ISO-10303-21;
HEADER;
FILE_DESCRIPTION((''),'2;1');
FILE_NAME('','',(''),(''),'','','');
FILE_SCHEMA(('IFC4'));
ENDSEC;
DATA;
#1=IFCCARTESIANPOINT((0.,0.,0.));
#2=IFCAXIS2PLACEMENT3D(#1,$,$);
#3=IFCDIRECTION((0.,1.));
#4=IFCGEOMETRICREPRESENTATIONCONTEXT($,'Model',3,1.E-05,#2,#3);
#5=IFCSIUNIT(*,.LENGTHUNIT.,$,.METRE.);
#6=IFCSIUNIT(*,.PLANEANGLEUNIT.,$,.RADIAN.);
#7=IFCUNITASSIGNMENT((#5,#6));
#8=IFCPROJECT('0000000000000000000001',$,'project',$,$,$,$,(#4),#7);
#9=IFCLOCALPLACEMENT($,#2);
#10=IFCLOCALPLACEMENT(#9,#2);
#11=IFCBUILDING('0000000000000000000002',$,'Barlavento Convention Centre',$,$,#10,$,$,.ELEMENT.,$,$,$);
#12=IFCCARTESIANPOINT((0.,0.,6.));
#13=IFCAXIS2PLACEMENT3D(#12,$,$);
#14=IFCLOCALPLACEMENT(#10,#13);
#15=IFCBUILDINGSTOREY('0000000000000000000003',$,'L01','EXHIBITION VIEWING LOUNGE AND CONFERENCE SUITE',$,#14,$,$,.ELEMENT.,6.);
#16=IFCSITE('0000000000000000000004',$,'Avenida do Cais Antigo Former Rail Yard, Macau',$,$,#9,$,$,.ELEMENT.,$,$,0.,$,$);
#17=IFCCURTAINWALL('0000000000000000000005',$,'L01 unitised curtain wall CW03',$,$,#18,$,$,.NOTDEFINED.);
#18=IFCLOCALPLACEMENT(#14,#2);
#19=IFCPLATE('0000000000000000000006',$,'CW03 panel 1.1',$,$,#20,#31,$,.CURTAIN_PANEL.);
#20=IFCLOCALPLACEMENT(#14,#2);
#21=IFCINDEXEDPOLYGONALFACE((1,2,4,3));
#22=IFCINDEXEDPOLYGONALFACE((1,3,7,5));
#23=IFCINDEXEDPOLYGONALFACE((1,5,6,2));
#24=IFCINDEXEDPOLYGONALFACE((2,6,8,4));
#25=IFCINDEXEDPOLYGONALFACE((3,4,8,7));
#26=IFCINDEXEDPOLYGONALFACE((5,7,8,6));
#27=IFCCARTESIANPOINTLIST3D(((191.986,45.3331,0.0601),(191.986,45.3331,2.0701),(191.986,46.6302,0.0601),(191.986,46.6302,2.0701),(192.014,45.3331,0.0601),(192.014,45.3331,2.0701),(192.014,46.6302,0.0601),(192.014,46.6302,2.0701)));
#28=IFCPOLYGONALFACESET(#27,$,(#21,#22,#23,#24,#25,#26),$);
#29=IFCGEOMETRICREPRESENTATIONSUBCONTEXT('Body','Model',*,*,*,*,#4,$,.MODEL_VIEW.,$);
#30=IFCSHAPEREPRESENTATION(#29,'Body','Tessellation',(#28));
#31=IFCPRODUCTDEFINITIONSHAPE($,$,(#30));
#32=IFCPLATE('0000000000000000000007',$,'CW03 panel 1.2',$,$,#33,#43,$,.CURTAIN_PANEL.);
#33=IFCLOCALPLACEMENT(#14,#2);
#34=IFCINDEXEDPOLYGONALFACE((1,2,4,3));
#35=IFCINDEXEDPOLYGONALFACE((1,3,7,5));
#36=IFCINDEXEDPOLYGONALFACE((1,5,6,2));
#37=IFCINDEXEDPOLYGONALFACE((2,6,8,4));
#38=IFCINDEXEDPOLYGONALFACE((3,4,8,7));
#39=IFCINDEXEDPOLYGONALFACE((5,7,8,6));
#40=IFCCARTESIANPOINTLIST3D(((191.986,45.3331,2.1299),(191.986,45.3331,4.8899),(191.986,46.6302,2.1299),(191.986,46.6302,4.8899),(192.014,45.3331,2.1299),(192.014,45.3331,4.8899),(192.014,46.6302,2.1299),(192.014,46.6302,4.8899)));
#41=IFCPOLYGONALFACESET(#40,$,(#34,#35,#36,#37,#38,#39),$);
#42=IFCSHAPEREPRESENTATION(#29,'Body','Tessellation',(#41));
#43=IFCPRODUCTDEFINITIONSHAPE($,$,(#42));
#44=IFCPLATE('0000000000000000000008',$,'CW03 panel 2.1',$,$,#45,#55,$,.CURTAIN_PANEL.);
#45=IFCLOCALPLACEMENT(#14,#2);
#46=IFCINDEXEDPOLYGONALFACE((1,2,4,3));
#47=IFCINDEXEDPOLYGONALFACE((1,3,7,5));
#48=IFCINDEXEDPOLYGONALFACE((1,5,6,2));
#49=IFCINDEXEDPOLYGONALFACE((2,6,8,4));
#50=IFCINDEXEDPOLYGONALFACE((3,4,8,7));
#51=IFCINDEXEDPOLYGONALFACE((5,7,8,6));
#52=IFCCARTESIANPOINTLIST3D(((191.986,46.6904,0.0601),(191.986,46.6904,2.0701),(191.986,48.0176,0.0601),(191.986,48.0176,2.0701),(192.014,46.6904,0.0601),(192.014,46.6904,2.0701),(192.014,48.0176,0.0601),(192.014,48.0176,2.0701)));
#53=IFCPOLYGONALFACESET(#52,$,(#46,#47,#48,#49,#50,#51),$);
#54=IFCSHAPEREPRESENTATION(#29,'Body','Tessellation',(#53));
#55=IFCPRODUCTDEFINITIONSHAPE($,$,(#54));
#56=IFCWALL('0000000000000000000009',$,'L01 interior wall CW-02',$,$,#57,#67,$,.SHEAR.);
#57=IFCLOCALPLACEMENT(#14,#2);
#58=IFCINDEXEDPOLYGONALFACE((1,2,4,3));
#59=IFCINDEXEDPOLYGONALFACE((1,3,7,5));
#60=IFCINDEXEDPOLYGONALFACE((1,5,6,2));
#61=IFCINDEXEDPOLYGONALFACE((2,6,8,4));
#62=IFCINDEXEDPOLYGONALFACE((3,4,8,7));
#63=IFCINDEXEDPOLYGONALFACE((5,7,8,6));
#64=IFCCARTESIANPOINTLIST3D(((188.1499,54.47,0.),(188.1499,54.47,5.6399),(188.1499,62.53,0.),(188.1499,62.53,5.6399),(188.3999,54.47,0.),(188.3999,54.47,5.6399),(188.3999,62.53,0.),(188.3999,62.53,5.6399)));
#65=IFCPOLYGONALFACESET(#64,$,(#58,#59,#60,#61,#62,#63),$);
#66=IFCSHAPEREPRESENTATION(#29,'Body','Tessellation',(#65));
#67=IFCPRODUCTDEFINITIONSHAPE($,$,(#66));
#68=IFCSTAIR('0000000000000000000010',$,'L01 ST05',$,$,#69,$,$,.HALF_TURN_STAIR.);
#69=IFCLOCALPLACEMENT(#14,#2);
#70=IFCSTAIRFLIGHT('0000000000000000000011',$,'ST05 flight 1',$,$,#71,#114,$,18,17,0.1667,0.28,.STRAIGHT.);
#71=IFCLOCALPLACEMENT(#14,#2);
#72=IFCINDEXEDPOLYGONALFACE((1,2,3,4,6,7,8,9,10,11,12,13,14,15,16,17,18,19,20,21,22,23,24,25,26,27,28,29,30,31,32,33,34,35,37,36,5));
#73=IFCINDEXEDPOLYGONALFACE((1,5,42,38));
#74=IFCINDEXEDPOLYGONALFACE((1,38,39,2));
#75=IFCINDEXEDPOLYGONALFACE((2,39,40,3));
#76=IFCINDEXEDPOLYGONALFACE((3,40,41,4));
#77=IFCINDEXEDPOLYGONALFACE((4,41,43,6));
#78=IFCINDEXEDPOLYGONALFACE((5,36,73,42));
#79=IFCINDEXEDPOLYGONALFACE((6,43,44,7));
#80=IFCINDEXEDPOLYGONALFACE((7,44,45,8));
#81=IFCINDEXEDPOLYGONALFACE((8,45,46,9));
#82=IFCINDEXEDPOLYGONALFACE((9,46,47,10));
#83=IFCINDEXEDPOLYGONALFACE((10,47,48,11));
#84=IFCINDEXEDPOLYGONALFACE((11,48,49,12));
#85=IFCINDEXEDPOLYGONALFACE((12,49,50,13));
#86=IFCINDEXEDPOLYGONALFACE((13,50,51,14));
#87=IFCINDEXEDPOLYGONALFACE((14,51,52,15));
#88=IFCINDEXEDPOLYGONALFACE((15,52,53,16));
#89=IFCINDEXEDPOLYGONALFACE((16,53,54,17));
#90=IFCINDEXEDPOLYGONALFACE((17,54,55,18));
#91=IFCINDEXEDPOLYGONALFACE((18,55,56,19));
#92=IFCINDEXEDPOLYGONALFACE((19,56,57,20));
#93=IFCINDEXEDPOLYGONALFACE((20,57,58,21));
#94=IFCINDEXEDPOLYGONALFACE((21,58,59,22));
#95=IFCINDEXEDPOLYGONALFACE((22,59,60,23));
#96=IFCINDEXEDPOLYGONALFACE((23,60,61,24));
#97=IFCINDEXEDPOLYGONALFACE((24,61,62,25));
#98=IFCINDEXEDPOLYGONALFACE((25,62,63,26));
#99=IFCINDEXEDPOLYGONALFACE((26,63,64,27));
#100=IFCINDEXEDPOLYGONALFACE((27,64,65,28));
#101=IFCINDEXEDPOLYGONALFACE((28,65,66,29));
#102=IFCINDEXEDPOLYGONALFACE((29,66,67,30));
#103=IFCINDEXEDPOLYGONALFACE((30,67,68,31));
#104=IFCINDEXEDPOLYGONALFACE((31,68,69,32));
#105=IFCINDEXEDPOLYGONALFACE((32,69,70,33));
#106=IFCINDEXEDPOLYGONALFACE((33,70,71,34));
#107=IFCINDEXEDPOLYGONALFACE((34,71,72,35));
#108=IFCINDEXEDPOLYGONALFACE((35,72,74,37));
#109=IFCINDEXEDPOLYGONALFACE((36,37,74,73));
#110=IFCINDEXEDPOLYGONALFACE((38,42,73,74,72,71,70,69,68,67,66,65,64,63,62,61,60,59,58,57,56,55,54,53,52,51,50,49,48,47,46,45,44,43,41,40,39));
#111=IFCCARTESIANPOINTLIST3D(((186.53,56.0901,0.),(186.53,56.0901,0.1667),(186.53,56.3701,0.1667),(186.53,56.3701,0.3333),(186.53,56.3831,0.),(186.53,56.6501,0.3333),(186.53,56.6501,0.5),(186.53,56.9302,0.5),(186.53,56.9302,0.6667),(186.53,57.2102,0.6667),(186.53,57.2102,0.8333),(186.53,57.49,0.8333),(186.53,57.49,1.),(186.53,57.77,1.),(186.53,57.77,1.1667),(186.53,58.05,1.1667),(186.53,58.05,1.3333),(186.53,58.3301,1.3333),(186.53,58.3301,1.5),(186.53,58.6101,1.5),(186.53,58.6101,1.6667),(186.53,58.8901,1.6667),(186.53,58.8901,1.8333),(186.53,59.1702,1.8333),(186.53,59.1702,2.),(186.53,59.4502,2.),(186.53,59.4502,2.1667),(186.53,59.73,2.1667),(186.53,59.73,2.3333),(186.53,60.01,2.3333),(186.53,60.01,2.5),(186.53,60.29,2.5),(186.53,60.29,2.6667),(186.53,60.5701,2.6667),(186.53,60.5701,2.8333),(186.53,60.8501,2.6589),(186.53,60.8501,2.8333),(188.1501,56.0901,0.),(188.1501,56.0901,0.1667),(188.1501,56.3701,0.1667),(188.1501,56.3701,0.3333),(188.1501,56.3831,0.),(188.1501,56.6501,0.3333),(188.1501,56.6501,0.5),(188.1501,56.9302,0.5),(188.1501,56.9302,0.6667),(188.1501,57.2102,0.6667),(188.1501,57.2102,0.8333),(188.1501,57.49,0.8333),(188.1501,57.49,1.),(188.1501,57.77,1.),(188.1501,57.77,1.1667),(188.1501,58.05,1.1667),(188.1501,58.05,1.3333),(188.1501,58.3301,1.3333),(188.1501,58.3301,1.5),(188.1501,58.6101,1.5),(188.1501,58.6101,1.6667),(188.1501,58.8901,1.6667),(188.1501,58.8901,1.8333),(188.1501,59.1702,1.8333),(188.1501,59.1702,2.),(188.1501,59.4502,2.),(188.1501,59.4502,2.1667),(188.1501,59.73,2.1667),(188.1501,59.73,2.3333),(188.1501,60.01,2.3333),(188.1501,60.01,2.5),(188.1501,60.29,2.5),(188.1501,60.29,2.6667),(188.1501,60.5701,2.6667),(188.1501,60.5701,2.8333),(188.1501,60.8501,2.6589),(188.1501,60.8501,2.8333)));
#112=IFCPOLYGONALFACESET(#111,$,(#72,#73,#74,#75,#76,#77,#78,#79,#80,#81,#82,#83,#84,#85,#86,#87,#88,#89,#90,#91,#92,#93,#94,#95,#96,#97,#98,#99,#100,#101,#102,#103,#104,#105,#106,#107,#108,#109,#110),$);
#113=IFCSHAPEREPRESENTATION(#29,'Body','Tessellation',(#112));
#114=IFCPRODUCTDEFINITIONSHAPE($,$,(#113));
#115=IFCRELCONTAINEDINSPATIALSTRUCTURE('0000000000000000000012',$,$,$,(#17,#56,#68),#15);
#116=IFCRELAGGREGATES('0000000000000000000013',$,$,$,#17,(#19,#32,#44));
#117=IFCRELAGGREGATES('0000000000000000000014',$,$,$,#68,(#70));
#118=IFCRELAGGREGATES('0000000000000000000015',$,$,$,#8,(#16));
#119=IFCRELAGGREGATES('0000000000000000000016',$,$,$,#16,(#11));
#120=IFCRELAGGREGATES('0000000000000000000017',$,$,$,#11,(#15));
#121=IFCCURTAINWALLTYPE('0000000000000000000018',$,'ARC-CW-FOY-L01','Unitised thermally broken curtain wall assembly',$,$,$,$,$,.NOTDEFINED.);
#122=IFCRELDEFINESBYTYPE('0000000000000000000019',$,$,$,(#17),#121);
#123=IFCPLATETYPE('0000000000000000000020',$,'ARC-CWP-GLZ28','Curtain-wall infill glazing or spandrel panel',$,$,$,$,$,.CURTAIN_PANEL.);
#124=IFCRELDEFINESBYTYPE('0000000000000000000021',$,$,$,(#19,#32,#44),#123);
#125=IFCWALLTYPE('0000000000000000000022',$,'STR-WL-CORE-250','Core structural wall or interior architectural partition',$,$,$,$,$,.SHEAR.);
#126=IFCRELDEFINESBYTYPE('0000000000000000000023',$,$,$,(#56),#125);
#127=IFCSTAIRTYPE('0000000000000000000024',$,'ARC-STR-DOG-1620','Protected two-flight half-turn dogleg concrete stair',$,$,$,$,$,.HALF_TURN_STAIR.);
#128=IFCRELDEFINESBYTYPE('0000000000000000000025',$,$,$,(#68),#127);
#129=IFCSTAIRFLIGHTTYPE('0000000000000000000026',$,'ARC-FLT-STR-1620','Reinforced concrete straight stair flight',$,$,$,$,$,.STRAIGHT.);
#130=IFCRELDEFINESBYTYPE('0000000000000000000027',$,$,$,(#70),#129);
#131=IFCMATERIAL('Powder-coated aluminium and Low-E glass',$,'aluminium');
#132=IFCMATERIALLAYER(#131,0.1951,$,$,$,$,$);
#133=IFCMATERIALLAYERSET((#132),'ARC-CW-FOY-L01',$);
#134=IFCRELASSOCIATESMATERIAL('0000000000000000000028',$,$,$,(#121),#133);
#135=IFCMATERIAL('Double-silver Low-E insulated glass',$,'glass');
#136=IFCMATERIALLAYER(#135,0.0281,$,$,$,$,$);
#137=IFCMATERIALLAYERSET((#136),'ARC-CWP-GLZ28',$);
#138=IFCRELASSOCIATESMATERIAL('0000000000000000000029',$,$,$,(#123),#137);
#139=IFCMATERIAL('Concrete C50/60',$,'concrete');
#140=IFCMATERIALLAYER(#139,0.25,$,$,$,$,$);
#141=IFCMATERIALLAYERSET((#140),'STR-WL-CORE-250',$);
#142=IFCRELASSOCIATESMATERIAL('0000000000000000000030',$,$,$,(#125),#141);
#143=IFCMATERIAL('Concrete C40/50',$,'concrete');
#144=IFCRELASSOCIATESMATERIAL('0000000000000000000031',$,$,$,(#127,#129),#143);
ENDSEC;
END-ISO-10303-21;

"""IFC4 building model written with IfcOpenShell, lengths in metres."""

from ifc_helpers import new_model, si_unit, direction, frame, frame_2d, origin, origin_2d, place, context, subcontext, project, spatial, polyline, rectangle, outline, extrude, material, layer, layer_set, type_object, element, aggregate, save


model = new_model("IFC4")

# Units and contexts
model_context = context("Model", 3, precision=1e-05, world=origin(), true_north=direction((0.0, 1.0)))
body_context = subcontext(model_context, "Body", "Model", "MODEL_VIEW")
ifc_project = project(units=[si_unit("LENGTHUNIT", "METRE"), si_unit("PLANEANGLEUNIT", "RADIAN")], contexts=[model_context])

# Site, building, storey
site_placement = place(None, origin())
site = spatial("IfcSite", under=ifc_project, at=site_placement, Name="Avenida do Cais Antigo Former Rail Yard, Macau", CompositionType="ELEMENT", RefElevation=0.0)
building_placement = place(site_placement, origin())
building = spatial("IfcBuilding", under=site, at=building_placement, Name="Barlavento Convention Centre", CompositionType="ELEMENT")
storey_placement = place(building_placement, frame((0.0, 0.0, 6.0)))
storey = spatial("IfcBuildingStorey", under=building, at=storey_placement, Name="L01", Description="EXHIBITION VIEWING LOUNGE AND CONFERENCE SUITE", CompositionType="ELEMENT", Elevation=6.0)

# Curtain wall
ifc_material_1 = material(Name="Powder-coated aluminium and Low-E glass", Category="aluminium")
ifc_layer_1 = layer(ifc_material_1, 0.1951)
ifc_layer_set_1 = layer_set([ifc_layer_1], Name="ARC-CW-FOY-L01")
curtain_wall_type = type_object("IfcCurtainWallType", Name="ARC-CW-FOY-L01", Description="Unitised thermally broken curtain wall assembly", PredefinedType="NOTDEFINED", material=ifc_layer_set_1)
curtain_wall_placement = place(storey_placement, origin())
curtain_wall = element("IfcCurtainWall", 1, at=curtain_wall_placement, inside=storey, type_object=curtain_wall_type, Name="L01 unitised curtain wall CW03", PredefinedType="NOTDEFINED")

# Plates
ifc_material_2 = material(Name="Double-silver Low-E insulated glass", Category="glass")
ifc_layer_2 = layer(ifc_material_2, 0.0281)
ifc_layer_set_2 = layer_set([ifc_layer_2], Name="ARC-CWP-GLZ28")
plate_type = type_object("IfcPlateType", Name="ARC-CWP-GLZ28", Description="Curtain-wall infill glazing or spandrel panel", PredefinedType="CURTAIN_PANEL", material=ifc_layer_set_2)
plate_1_placement = place(storey_placement, frame((192.0, 45.9817, 0.0601), z_axis=(0.0, 0.0, 1.0), x_axis=(0.0, 1.0, 0.0)))
plate_1 = element("IfcPlate", 2, at=plate_1_placement, type_object=plate_type, Name="CW03 panel 1.1", PredefinedType="CURTAIN_PANEL", context=body_context, shape_type="SweptSolid", body=[
    extrude(rectangle(XDim=1.2971, YDim=0.0281, at=origin_2d()), origin(), (0.0, 0.0, 1.0), 2.01),
])
plate_2_placement = place(storey_placement, frame((192.0, 45.9817, 2.1299), z_axis=(0.0, 0.0, 1.0), x_axis=(0.0, 1.0, 0.0)))
plate_2 = element("IfcPlate", 3, at=plate_2_placement, type_object=plate_type, Name="CW03 panel 1.2", PredefinedType="CURTAIN_PANEL", context=body_context, shape_type="SweptSolid", body=[
    extrude(rectangle(XDim=1.2971, YDim=0.0281, at=origin_2d()), origin(), (0.0, 0.0, 1.0), 2.76),
])
plate_3_placement = place(storey_placement, frame((192.0, 47.354, 0.0601), z_axis=(0.0, 0.0, 1.0), x_axis=(0.0, 1.0, 0.0)))
plate_3 = element("IfcPlate", 4, at=plate_3_placement, type_object=plate_type, Name="CW03 panel 2.1", PredefinedType="CURTAIN_PANEL", context=body_context, shape_type="SweptSolid", body=[
    extrude(rectangle(XDim=1.3271, YDim=0.0281, at=origin_2d()), origin(), (0.0, 0.0, 1.0), 2.01),
])
aggregate(curtain_wall, [plate_1, plate_2, plate_3])

# Wall
ifc_material_3 = material(Name="Concrete C50/60", Category="concrete")
ifc_layer_3 = layer(ifc_material_3, 0.25)
ifc_layer_set_3 = layer_set([ifc_layer_3], Name="STR-WL-CORE-250")
wall_type = type_object("IfcWallType", Name="STR-WL-CORE-250", Description="Core structural wall or interior architectural partition", PredefinedType="SHEAR", material=ifc_layer_set_3)
wall_placement = place(storey_placement, frame((188.2749, 54.47, 0.0), z_axis=(0.0, 0.0, 1.0), x_axis=(0.0, 1.0, 0.0)))
element("IfcWall", 5, at=wall_placement, inside=storey, type_object=wall_type, Name="L01 interior wall CW-02", PredefinedType="SHEAR", context=body_context, shape_type="SweptSolid", body=[
    extrude(rectangle(XDim=8.0601, YDim=0.25, at=frame_2d((4.03, 0.0))), origin(), (0.0, 0.0, 1.0), 5.6399),
])

# Stair, stair flight
ifc_material_4 = material(Name="Concrete C40/50", Category="concrete")
stair_type = type_object("IfcStairType", Name="ARC-STR-DOG-1620", Description="Protected two-flight half-turn dogleg concrete stair", PredefinedType="HALF_TURN_STAIR", material=ifc_material_4)
stair_placement = place(storey_placement, origin())
stair = element("IfcStair", 6, at=stair_placement, inside=storey, type_object=stair_type, Name="L01 ST05", PredefinedType="HALF_TURN_STAIR")
stair_flight_type = type_object("IfcStairFlightType", Name="ARC-FLT-STR-1620", Description="Reinforced concrete straight stair flight", PredefinedType="STRAIGHT", material=ifc_material_4)
stair_flight_placement = place(storey_placement, frame((187.3401, 56.0901, 0.0), z_axis=(0.0, 0.0, 1.0), x_axis=(0.0, 1.0, 0.0)))
stair_flight = element("IfcStairFlight", 7, at=stair_flight_placement, type_object=stair_flight_type, Name="ST05 flight 1", NumberOfRisers=18, NumberOfTreads=17, PredefinedType="STRAIGHT", RiserHeight=0.1667, TreadLength=0.28, context=body_context, shape_type="SweptSolid", body=[
    extrude(outline(polyline([(0.0, 0.0), (0.0, 0.1667), (0.28, 0.1667), (0.28, 0.3333), (0.5601, 0.3333), (0.5601, 0.5), (0.8401, 0.5), (0.8401, 0.6667), (1.1201, 0.6667), (1.1201, 0.8333), (1.3999, 0.8333), (1.3999, 1.0), (1.6799, 1.0), (1.6799, 1.1667), (1.96, 1.1667), (1.96, 1.3333), (2.24, 1.3333), (2.24, 1.5), (2.52, 1.5), (2.52, 1.6667), (2.8, 1.6667), (2.8, 1.8333), (3.0801, 1.8333), (3.0801, 2.0), (3.3601, 2.0), (3.3601, 2.1667), (3.6399, 2.1667), (3.6399, 2.3333), (3.9199, 2.3333), (3.9199, 2.5), (4.2, 2.5), (4.2, 2.6667), (4.48, 2.6667), (4.48, 2.8333), (4.76, 2.8333), (4.76, 3.0), (4.76, 2.6589), (0.293, 0.0), (0.0, 0.0)])), frame((0.0, 0.8101, 0.0), z_axis=(0.0, -1.0, 0.0), x_axis=(1.0, 0.0, 0.0)), (0.0, 0.0, 1.0), 1.6201),
])
aggregate(stair, [stair_flight])

save(model, "model.ifc")
